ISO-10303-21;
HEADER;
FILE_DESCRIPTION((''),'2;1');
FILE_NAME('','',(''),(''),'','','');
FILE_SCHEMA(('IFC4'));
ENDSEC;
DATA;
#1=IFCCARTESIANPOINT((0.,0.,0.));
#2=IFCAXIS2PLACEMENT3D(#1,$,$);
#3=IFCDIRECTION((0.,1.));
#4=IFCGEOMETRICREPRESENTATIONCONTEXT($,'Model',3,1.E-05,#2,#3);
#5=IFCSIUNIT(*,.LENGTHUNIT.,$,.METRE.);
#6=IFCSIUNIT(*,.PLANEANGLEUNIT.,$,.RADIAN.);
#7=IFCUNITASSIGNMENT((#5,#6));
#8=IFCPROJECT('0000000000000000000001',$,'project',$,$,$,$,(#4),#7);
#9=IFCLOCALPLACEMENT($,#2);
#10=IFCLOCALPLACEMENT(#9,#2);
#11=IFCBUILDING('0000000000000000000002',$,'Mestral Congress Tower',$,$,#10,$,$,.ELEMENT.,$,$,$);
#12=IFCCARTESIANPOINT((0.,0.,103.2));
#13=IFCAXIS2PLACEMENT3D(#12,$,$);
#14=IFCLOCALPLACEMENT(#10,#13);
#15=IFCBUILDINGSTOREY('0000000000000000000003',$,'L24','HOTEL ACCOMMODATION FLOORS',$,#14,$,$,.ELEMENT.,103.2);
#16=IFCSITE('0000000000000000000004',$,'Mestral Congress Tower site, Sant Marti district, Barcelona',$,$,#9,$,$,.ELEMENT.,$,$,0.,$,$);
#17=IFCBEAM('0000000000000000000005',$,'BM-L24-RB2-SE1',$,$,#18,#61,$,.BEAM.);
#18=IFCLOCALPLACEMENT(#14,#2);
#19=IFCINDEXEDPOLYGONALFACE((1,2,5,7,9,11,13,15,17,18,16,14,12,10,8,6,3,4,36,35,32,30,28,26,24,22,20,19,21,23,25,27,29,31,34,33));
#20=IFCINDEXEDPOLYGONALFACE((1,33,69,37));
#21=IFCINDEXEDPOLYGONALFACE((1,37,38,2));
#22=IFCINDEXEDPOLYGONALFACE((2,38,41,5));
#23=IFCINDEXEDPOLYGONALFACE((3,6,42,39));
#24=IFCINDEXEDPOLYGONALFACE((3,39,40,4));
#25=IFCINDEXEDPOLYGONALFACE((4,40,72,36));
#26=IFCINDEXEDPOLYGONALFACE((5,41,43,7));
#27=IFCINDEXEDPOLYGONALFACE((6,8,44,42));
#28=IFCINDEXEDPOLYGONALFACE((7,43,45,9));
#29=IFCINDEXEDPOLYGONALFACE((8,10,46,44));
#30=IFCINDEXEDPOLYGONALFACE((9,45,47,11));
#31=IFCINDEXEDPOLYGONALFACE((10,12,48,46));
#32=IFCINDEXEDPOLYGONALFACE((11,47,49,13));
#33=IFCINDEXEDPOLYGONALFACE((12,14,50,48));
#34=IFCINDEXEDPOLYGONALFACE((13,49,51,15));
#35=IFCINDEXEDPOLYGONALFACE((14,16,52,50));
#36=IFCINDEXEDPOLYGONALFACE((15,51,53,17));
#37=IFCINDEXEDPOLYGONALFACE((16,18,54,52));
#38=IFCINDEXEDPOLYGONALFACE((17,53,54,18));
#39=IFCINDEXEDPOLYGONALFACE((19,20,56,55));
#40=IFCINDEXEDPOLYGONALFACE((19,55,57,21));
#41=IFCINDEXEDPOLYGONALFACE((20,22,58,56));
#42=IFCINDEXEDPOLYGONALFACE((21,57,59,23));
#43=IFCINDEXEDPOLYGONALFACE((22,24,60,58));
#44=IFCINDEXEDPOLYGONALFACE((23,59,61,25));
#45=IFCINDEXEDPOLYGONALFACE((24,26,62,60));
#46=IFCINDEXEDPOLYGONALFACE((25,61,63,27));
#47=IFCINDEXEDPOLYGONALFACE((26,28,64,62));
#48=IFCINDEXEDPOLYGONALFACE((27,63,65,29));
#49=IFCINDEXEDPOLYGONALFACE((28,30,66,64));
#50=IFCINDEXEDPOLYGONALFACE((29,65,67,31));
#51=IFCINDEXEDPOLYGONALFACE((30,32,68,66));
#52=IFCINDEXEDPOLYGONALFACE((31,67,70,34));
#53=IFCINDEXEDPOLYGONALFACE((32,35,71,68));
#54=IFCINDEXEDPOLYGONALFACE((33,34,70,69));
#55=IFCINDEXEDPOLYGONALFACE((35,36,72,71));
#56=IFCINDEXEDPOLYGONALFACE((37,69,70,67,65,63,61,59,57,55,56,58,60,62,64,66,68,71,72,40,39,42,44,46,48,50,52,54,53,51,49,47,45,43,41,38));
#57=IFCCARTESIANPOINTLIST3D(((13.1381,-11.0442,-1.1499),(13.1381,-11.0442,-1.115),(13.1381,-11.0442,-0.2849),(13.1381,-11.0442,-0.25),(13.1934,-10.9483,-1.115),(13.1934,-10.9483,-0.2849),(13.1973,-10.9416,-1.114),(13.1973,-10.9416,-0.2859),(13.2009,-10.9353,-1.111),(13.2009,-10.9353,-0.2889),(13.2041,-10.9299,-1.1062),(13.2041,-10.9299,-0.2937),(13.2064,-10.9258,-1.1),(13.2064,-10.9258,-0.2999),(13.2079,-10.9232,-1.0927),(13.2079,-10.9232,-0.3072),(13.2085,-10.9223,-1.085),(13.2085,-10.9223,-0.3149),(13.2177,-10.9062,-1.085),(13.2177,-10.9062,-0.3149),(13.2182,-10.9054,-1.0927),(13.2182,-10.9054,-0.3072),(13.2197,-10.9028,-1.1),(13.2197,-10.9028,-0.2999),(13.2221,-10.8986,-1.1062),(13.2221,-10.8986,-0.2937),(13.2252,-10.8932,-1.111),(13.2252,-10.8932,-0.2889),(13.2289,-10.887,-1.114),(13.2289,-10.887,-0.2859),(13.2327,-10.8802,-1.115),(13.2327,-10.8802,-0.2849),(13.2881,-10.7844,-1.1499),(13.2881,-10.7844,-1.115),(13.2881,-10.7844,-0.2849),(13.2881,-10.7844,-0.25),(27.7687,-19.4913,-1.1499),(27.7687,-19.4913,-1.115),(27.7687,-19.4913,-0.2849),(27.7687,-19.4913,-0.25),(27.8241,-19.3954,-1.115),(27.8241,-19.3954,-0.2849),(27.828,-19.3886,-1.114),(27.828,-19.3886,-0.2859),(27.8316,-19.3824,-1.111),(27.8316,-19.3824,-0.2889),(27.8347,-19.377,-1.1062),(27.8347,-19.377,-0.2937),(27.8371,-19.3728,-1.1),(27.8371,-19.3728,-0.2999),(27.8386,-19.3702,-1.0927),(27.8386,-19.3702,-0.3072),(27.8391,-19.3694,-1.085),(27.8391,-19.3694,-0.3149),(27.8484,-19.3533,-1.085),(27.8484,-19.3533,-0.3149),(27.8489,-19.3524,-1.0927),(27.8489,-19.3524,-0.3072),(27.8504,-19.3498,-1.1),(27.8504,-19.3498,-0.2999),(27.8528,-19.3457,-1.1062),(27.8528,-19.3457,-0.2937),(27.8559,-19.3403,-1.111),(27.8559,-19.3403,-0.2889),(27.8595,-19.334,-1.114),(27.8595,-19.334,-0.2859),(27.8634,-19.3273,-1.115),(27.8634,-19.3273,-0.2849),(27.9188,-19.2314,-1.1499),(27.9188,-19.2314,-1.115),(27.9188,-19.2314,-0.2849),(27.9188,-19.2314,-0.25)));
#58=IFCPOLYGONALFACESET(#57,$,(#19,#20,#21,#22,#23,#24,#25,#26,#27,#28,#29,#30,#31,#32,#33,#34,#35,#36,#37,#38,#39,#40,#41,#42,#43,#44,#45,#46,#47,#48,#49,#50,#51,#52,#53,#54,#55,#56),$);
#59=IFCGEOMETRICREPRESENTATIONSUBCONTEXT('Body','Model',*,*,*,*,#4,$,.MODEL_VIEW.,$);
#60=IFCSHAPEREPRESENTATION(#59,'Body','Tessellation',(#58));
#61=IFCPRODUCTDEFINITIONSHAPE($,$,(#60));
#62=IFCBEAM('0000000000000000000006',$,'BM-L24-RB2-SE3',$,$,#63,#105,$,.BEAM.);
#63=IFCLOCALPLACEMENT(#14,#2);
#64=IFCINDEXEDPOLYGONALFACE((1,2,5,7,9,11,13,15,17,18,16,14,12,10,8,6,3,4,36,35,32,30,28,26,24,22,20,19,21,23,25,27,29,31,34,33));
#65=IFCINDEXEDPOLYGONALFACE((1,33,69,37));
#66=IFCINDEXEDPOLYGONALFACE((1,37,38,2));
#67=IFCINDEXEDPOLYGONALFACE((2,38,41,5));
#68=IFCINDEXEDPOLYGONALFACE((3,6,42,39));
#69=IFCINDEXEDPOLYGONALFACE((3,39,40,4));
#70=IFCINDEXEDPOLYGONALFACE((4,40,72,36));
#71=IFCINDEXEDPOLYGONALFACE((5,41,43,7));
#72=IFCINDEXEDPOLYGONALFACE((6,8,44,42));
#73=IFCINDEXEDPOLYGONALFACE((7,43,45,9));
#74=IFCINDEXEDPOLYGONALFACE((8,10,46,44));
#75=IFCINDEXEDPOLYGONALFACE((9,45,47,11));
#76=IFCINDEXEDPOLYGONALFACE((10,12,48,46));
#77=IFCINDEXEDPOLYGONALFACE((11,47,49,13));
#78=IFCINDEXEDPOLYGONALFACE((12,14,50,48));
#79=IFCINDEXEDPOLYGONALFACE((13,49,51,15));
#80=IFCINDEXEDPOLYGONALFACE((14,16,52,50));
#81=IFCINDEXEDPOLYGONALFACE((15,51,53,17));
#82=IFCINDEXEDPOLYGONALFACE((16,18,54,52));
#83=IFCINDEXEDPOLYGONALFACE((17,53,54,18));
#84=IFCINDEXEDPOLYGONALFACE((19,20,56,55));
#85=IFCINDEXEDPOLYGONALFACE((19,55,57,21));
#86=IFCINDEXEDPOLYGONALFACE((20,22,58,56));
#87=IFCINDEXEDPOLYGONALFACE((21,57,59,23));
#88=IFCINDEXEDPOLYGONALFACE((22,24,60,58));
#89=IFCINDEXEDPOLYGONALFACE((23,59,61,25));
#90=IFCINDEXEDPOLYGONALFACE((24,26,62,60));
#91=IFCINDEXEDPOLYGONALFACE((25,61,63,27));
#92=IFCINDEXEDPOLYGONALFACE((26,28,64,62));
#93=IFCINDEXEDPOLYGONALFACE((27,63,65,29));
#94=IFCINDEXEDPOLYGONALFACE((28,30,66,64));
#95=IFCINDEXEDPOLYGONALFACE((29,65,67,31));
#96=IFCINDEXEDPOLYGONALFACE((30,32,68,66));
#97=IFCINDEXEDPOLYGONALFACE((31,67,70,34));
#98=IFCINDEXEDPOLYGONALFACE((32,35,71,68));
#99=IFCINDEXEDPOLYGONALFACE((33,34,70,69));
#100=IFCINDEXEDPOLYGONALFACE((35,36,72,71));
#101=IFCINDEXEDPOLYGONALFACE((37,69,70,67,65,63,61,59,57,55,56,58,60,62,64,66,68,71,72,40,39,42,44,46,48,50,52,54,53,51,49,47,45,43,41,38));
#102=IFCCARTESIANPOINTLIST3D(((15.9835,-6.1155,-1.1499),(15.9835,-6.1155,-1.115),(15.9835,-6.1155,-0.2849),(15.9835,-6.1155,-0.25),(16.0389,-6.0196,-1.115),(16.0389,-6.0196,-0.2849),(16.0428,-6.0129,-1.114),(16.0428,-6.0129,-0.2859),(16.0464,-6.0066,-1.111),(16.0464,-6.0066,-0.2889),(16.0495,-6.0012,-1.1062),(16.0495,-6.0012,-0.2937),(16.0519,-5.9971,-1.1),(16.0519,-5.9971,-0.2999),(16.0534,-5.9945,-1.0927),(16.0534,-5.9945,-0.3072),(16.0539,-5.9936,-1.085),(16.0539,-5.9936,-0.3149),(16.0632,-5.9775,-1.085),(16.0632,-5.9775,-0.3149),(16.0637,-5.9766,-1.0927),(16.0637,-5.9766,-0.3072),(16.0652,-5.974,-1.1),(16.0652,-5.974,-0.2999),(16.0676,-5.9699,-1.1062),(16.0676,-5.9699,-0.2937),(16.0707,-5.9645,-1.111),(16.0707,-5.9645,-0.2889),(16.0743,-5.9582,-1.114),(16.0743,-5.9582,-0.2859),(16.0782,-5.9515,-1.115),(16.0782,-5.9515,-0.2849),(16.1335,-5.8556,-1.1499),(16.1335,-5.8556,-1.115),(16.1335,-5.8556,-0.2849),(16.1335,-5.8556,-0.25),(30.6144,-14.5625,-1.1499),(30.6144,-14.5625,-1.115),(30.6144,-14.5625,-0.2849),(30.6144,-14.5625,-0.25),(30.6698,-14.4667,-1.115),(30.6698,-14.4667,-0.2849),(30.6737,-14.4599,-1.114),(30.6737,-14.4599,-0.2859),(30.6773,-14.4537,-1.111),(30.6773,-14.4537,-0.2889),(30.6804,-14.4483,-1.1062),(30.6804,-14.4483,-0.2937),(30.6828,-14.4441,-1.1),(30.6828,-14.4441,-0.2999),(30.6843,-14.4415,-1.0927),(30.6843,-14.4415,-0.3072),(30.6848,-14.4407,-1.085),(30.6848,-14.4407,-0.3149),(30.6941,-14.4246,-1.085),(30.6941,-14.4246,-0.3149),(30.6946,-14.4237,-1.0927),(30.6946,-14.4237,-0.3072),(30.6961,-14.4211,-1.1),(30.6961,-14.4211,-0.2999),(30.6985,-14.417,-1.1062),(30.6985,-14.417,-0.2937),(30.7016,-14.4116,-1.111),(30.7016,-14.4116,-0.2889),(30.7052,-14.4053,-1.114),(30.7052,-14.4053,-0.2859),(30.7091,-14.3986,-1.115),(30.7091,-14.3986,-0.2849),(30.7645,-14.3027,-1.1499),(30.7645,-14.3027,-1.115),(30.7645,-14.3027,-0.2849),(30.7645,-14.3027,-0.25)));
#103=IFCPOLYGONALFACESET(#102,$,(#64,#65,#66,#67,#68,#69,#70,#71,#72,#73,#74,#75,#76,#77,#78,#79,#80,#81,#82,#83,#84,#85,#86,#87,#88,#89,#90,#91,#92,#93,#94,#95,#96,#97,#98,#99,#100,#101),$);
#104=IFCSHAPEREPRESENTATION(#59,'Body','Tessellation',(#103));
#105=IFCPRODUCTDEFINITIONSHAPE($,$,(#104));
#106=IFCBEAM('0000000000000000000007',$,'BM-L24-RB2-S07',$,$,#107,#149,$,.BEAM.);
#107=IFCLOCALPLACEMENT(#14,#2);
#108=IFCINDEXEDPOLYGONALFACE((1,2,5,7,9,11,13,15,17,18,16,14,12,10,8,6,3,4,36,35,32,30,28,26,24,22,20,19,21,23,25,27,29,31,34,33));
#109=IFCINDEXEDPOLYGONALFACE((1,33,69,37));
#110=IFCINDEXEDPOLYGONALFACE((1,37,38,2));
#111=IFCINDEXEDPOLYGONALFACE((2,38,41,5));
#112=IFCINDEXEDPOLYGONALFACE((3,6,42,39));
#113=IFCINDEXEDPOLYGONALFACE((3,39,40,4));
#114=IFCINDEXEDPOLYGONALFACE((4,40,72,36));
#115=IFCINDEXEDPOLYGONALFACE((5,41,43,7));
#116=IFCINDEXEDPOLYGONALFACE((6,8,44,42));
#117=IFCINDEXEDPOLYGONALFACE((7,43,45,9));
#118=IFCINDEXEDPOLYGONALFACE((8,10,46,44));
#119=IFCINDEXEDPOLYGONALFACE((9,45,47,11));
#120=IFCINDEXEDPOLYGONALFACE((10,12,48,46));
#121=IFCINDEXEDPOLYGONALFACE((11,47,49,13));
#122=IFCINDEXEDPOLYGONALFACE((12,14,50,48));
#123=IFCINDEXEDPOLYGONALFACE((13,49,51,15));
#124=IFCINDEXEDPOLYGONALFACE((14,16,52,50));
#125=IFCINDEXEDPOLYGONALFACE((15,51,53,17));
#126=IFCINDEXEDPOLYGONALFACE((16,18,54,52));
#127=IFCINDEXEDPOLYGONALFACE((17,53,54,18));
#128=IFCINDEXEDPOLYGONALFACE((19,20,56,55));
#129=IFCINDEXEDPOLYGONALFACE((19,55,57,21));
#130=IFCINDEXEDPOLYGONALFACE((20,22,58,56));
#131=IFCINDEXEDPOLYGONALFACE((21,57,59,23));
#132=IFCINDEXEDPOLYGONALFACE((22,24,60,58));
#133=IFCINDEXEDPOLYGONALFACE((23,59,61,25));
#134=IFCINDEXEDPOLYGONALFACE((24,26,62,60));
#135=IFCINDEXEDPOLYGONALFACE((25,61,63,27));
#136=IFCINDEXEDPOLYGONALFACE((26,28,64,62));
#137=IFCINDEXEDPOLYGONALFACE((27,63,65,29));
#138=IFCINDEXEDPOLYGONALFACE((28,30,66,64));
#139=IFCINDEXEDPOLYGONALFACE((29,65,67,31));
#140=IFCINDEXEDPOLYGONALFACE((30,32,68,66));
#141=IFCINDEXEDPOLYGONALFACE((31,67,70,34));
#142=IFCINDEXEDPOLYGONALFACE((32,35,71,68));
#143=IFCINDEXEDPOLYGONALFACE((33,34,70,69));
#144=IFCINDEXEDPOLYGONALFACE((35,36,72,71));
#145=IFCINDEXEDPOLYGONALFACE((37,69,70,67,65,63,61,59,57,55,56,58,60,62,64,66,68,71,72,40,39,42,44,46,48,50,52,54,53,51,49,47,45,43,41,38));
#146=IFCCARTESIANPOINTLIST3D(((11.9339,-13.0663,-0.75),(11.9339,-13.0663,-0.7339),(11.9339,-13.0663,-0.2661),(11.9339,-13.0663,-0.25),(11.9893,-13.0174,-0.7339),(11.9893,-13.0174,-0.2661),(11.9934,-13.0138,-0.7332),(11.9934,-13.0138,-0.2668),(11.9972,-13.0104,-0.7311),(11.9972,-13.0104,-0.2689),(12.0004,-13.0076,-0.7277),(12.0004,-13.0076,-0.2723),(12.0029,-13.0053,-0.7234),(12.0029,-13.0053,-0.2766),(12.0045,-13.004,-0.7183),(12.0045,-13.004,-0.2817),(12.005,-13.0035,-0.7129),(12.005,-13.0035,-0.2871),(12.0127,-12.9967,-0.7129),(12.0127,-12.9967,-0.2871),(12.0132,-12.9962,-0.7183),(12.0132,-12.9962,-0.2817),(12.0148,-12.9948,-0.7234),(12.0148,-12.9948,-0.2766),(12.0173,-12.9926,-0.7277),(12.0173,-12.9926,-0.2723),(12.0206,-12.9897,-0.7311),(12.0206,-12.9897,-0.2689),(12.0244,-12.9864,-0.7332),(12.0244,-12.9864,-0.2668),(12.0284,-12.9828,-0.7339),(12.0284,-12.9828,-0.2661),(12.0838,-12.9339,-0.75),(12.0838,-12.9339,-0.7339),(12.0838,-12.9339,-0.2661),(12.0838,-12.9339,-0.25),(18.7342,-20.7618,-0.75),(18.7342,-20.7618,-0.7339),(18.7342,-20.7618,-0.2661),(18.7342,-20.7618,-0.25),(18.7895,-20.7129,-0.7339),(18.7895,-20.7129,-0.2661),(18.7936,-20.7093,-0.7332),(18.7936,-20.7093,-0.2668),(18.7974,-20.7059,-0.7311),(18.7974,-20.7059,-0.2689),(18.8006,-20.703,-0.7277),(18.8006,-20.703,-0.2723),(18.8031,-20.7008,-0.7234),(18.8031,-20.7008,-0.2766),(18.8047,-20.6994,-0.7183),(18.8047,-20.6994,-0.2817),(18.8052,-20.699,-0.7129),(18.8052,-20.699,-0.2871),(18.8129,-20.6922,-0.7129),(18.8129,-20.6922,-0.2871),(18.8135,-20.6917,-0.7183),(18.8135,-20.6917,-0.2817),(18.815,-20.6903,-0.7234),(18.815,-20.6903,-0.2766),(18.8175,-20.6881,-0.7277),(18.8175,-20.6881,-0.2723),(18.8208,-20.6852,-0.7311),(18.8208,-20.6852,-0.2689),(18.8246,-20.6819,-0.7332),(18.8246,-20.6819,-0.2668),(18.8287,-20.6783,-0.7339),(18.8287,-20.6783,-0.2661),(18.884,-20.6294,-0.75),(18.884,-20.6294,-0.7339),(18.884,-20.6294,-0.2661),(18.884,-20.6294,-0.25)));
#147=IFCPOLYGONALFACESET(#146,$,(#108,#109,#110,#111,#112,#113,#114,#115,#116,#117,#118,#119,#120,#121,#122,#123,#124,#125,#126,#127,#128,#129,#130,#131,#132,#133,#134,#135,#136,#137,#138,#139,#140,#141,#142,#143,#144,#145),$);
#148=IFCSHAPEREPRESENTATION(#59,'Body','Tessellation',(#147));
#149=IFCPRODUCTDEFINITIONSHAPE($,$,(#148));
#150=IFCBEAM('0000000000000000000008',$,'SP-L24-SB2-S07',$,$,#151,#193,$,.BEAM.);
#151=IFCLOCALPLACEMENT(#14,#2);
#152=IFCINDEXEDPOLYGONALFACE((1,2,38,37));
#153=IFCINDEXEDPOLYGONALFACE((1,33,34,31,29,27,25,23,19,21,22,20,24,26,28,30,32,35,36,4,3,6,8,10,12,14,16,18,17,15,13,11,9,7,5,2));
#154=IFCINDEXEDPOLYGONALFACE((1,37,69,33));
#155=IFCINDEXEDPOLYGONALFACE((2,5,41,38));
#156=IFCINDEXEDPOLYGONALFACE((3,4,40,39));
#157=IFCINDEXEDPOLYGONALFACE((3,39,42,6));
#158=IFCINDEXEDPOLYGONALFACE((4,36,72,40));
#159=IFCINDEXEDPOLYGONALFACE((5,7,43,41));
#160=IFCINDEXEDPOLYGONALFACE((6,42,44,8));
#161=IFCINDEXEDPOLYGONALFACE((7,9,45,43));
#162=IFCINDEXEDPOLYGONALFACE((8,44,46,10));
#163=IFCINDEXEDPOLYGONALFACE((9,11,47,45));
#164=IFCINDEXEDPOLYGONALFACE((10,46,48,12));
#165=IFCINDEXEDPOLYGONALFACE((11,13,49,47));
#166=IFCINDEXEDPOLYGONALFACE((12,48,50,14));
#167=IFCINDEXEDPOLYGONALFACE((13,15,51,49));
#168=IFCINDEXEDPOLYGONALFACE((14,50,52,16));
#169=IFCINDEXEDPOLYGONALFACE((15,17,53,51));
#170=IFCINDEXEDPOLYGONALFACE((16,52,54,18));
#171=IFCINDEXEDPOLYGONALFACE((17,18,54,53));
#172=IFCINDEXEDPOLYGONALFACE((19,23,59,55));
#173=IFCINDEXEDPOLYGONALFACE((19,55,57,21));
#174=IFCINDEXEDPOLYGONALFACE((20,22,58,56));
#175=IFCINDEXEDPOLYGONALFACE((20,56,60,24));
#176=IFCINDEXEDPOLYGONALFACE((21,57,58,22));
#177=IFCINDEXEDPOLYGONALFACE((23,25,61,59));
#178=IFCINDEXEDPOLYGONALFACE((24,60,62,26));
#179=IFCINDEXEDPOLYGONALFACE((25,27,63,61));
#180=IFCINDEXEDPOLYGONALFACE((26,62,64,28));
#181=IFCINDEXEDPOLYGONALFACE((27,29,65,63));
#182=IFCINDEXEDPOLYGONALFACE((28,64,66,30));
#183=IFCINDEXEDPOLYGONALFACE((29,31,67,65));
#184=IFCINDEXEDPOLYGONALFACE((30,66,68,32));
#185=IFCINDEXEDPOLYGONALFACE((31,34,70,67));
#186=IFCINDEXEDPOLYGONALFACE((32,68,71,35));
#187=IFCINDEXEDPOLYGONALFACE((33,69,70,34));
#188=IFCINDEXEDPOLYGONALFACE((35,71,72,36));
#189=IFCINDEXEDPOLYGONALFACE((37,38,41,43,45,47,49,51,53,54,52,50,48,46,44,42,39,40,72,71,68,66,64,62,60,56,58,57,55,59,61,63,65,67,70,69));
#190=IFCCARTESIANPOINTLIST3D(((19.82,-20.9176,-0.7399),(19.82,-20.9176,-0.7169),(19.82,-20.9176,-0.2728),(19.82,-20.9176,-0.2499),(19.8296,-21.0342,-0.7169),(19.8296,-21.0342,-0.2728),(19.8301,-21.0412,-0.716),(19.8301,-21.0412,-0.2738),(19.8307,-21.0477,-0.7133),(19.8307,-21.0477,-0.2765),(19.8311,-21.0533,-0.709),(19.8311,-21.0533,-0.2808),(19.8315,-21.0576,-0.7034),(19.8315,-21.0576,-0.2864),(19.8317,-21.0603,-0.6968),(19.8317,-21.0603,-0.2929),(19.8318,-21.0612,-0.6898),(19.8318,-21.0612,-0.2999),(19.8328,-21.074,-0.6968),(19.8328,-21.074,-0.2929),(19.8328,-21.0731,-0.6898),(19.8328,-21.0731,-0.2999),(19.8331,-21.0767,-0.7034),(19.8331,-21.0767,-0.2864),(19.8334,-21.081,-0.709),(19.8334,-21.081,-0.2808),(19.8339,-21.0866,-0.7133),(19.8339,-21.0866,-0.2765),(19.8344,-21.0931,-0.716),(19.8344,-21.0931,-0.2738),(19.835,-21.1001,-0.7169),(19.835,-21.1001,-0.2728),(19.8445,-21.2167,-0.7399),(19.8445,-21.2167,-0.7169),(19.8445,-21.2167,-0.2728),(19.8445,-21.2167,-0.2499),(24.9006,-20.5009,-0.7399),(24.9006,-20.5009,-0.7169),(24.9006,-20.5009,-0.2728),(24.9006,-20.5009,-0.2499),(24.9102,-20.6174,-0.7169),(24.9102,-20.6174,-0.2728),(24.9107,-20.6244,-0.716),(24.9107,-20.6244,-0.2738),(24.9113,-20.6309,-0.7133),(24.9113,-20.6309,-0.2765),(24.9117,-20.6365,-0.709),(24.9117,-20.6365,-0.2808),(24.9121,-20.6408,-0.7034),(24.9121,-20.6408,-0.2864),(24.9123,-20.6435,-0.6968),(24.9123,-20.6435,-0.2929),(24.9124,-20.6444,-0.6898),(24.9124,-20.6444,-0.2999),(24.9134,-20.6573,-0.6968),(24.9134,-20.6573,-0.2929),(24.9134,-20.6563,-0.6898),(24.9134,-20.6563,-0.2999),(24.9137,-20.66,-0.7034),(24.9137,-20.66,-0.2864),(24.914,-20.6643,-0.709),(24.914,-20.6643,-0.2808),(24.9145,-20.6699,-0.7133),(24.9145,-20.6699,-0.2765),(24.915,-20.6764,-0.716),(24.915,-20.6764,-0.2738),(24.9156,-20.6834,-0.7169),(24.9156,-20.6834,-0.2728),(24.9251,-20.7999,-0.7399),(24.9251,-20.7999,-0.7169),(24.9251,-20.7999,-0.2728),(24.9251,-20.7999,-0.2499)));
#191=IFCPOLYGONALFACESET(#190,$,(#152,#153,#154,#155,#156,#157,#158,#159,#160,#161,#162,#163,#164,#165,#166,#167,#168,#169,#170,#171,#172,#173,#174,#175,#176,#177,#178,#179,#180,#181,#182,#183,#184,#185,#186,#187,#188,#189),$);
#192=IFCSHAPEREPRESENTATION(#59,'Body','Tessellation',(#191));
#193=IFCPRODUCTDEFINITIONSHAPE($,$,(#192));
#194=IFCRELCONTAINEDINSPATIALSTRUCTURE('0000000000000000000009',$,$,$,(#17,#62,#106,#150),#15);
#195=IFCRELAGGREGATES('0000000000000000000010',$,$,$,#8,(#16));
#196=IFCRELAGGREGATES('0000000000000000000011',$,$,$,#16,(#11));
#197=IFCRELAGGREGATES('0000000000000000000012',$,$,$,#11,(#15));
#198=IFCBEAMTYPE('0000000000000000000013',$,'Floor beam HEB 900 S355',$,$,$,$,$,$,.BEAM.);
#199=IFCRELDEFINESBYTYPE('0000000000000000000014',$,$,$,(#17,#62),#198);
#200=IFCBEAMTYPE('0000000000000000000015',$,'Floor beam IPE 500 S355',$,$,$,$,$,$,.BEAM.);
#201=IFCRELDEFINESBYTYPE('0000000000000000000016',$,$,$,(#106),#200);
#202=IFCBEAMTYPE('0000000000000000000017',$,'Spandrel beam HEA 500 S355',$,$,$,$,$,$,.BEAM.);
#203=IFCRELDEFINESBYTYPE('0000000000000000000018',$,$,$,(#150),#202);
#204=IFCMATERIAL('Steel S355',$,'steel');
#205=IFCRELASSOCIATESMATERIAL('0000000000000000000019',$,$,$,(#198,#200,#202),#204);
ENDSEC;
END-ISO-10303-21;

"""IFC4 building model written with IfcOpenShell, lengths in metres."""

from ifc_helpers import new_model, si_unit, direction, frame, origin, origin_2d, place, context, subcontext, project, spatial, i_section, extrude, material, material_profile, profile_set, type_object, element, save


model = new_model("IFC4")

# Units and contexts
model_context = context("Model", 3, precision=1e-05, world=origin(), true_north=direction((0.0, 1.0)))
body_context = subcontext(model_context, "Body", "Model", "MODEL_VIEW")
ifc_project = project(units=[si_unit("LENGTHUNIT", "METRE"), si_unit("PLANEANGLEUNIT", "RADIAN")], contexts=[model_context])

# Site, building, storey
site_placement = place(None, origin())
site = spatial("IfcSite", under=ifc_project, at=site_placement, Name="Mestral Congress Tower site, Sant Marti district, Barcelona", CompositionType="ELEMENT", RefElevation=0.0)
building_placement = place(site_placement, origin())
building = spatial("IfcBuilding", under=site, at=building_placement, Name="Mestral Congress Tower", CompositionType="ELEMENT")
storey_placement = place(building_placement, frame((0.0, 0.0, 103.2)))
storey = spatial("IfcBuildingStorey", under=building, at=storey_placement, Name="L24", Description="HOTEL ACCOMMODATION FLOORS", CompositionType="ELEMENT", Elevation=103.2)

# Beams
ifc_material_1 = material(Name="Steel S355", Category="steel")
ifc_material_profile_1 = material_profile(ifc_material_1, i_section(OverallWidth=0.3, OverallDepth=0.8999, WebThickness=0.0186, FlangeThickness=0.0349, FilletRadius=0.03, at=origin_2d()), Name="HEB 900")
ifc_profile_set_1 = profile_set([ifc_material_profile_1], Name="Steel S355")
beam_type_1 = type_object("IfcBeamType", Name="Floor beam HEB 900 S355", PredefinedType="BEAM", material=ifc_profile_set_1)
beam_1_placement = place(storey_placement, frame((27.8438, -19.3613, -0.7), z_axis=(-0.866025, 0.500001, 0.0), x_axis=(-0.500001, -0.866025, 0.0)))
element("IfcBeam", 1, at=beam_1_placement, inside=storey, type_object=beam_type_1, Name="BM-L24-RB2-SE1", PredefinedType="BEAM", context=body_context, shape_type="SweptSolid", body=[
    extrude(i_section(OverallWidth=0.3, OverallDepth=0.8999, WebThickness=0.0186, FlangeThickness=0.0349, FilletRadius=0.03, at=origin_2d()), origin(), (0.0, 0.0, 1.0), 16.894),
])
beam_2_placement = place(storey_placement, frame((30.6895, -14.4326, -0.7), z_axis=(-0.866028, 0.499995, 0.0), x_axis=(-0.499995, -0.866028, 0.0)))
element("IfcBeam", 2, at=beam_2_placement, inside=storey, type_object=beam_type_1, Name="BM-L24-RB2-SE3", PredefinedType="BEAM", context=body_context, shape_type="SweptSolid", body=[
    extrude(i_section(OverallWidth=0.3, OverallDepth=0.8999, WebThickness=0.0186, FlangeThickness=0.0349, FilletRadius=0.03, at=origin_2d()), origin(), (0.0, 0.0, 1.0), 16.8943),
])
ifc_material_profile_2 = material_profile(ifc_material_1, i_section(OverallWidth=0.2, OverallDepth=0.5, WebThickness=0.0103, FlangeThickness=0.0161, FilletRadius=0.021, at=origin_2d()), Name="IPE 500")
ifc_profile_set_2 = profile_set([ifc_material_profile_2], Name="Steel S355")
beam_type_2 = type_object("IfcBeamType", Name="Floor beam IPE 500 S355", PredefinedType="BEAM", material=ifc_profile_set_2)
beam_3_placement = place(storey_placement, frame((18.8091, -20.6956, -0.5), z_axis=(-0.662174, 0.74935, 0.0), x_axis=(-0.74935, -0.662174, 0.0)))
element("IfcBeam", 3, at=beam_3_placement, inside=storey, type_object=beam_type_2, Name="BM-L24-RB2-S07", PredefinedType="BEAM", context=body_context, shape_type="SweptSolid", body=[
    extrude(i_section(OverallWidth=0.2, OverallDepth=0.5, WebThickness=0.0103, FlangeThickness=0.0161, FilletRadius=0.021, at=origin_2d()), origin(), (0.0, 0.0, 1.0), 10.2695),
])
ifc_material_profile_3 = material_profile(ifc_material_1, i_section(OverallWidth=0.3, OverallDepth=0.49, WebThickness=0.012, FlangeThickness=0.0229, FilletRadius=0.0271, at=origin_2d()), Name="HEA 500")
ifc_profile_set_3 = profile_set([ifc_material_profile_3], Name="Steel S355")
beam_type_3 = type_object("IfcBeamType", Name="Spandrel beam HEA 500 S355", PredefinedType="BEAM", material=ifc_profile_set_3)
beam_4_placement = place(storey_placement, frame((19.8323, -21.0671, -0.4949), z_axis=(0.996653, 0.081753, 0.0), x_axis=(-0.081753, 0.996653, 0.0)))
element("IfcBeam", 4, at=beam_4_placement, inside=storey, type_object=beam_type_3, Name="SP-L24-SB2-S07", PredefinedType="BEAM", context=body_context, shape_type="SweptSolid", body=[
    extrude(i_section(OverallWidth=0.3, OverallDepth=0.49, WebThickness=0.012, FlangeThickness=0.0229, FilletRadius=0.0271, at=origin_2d()), origin(), (0.0, 0.0, 1.0), 5.0977),
])

save(model, "model.ifc")
